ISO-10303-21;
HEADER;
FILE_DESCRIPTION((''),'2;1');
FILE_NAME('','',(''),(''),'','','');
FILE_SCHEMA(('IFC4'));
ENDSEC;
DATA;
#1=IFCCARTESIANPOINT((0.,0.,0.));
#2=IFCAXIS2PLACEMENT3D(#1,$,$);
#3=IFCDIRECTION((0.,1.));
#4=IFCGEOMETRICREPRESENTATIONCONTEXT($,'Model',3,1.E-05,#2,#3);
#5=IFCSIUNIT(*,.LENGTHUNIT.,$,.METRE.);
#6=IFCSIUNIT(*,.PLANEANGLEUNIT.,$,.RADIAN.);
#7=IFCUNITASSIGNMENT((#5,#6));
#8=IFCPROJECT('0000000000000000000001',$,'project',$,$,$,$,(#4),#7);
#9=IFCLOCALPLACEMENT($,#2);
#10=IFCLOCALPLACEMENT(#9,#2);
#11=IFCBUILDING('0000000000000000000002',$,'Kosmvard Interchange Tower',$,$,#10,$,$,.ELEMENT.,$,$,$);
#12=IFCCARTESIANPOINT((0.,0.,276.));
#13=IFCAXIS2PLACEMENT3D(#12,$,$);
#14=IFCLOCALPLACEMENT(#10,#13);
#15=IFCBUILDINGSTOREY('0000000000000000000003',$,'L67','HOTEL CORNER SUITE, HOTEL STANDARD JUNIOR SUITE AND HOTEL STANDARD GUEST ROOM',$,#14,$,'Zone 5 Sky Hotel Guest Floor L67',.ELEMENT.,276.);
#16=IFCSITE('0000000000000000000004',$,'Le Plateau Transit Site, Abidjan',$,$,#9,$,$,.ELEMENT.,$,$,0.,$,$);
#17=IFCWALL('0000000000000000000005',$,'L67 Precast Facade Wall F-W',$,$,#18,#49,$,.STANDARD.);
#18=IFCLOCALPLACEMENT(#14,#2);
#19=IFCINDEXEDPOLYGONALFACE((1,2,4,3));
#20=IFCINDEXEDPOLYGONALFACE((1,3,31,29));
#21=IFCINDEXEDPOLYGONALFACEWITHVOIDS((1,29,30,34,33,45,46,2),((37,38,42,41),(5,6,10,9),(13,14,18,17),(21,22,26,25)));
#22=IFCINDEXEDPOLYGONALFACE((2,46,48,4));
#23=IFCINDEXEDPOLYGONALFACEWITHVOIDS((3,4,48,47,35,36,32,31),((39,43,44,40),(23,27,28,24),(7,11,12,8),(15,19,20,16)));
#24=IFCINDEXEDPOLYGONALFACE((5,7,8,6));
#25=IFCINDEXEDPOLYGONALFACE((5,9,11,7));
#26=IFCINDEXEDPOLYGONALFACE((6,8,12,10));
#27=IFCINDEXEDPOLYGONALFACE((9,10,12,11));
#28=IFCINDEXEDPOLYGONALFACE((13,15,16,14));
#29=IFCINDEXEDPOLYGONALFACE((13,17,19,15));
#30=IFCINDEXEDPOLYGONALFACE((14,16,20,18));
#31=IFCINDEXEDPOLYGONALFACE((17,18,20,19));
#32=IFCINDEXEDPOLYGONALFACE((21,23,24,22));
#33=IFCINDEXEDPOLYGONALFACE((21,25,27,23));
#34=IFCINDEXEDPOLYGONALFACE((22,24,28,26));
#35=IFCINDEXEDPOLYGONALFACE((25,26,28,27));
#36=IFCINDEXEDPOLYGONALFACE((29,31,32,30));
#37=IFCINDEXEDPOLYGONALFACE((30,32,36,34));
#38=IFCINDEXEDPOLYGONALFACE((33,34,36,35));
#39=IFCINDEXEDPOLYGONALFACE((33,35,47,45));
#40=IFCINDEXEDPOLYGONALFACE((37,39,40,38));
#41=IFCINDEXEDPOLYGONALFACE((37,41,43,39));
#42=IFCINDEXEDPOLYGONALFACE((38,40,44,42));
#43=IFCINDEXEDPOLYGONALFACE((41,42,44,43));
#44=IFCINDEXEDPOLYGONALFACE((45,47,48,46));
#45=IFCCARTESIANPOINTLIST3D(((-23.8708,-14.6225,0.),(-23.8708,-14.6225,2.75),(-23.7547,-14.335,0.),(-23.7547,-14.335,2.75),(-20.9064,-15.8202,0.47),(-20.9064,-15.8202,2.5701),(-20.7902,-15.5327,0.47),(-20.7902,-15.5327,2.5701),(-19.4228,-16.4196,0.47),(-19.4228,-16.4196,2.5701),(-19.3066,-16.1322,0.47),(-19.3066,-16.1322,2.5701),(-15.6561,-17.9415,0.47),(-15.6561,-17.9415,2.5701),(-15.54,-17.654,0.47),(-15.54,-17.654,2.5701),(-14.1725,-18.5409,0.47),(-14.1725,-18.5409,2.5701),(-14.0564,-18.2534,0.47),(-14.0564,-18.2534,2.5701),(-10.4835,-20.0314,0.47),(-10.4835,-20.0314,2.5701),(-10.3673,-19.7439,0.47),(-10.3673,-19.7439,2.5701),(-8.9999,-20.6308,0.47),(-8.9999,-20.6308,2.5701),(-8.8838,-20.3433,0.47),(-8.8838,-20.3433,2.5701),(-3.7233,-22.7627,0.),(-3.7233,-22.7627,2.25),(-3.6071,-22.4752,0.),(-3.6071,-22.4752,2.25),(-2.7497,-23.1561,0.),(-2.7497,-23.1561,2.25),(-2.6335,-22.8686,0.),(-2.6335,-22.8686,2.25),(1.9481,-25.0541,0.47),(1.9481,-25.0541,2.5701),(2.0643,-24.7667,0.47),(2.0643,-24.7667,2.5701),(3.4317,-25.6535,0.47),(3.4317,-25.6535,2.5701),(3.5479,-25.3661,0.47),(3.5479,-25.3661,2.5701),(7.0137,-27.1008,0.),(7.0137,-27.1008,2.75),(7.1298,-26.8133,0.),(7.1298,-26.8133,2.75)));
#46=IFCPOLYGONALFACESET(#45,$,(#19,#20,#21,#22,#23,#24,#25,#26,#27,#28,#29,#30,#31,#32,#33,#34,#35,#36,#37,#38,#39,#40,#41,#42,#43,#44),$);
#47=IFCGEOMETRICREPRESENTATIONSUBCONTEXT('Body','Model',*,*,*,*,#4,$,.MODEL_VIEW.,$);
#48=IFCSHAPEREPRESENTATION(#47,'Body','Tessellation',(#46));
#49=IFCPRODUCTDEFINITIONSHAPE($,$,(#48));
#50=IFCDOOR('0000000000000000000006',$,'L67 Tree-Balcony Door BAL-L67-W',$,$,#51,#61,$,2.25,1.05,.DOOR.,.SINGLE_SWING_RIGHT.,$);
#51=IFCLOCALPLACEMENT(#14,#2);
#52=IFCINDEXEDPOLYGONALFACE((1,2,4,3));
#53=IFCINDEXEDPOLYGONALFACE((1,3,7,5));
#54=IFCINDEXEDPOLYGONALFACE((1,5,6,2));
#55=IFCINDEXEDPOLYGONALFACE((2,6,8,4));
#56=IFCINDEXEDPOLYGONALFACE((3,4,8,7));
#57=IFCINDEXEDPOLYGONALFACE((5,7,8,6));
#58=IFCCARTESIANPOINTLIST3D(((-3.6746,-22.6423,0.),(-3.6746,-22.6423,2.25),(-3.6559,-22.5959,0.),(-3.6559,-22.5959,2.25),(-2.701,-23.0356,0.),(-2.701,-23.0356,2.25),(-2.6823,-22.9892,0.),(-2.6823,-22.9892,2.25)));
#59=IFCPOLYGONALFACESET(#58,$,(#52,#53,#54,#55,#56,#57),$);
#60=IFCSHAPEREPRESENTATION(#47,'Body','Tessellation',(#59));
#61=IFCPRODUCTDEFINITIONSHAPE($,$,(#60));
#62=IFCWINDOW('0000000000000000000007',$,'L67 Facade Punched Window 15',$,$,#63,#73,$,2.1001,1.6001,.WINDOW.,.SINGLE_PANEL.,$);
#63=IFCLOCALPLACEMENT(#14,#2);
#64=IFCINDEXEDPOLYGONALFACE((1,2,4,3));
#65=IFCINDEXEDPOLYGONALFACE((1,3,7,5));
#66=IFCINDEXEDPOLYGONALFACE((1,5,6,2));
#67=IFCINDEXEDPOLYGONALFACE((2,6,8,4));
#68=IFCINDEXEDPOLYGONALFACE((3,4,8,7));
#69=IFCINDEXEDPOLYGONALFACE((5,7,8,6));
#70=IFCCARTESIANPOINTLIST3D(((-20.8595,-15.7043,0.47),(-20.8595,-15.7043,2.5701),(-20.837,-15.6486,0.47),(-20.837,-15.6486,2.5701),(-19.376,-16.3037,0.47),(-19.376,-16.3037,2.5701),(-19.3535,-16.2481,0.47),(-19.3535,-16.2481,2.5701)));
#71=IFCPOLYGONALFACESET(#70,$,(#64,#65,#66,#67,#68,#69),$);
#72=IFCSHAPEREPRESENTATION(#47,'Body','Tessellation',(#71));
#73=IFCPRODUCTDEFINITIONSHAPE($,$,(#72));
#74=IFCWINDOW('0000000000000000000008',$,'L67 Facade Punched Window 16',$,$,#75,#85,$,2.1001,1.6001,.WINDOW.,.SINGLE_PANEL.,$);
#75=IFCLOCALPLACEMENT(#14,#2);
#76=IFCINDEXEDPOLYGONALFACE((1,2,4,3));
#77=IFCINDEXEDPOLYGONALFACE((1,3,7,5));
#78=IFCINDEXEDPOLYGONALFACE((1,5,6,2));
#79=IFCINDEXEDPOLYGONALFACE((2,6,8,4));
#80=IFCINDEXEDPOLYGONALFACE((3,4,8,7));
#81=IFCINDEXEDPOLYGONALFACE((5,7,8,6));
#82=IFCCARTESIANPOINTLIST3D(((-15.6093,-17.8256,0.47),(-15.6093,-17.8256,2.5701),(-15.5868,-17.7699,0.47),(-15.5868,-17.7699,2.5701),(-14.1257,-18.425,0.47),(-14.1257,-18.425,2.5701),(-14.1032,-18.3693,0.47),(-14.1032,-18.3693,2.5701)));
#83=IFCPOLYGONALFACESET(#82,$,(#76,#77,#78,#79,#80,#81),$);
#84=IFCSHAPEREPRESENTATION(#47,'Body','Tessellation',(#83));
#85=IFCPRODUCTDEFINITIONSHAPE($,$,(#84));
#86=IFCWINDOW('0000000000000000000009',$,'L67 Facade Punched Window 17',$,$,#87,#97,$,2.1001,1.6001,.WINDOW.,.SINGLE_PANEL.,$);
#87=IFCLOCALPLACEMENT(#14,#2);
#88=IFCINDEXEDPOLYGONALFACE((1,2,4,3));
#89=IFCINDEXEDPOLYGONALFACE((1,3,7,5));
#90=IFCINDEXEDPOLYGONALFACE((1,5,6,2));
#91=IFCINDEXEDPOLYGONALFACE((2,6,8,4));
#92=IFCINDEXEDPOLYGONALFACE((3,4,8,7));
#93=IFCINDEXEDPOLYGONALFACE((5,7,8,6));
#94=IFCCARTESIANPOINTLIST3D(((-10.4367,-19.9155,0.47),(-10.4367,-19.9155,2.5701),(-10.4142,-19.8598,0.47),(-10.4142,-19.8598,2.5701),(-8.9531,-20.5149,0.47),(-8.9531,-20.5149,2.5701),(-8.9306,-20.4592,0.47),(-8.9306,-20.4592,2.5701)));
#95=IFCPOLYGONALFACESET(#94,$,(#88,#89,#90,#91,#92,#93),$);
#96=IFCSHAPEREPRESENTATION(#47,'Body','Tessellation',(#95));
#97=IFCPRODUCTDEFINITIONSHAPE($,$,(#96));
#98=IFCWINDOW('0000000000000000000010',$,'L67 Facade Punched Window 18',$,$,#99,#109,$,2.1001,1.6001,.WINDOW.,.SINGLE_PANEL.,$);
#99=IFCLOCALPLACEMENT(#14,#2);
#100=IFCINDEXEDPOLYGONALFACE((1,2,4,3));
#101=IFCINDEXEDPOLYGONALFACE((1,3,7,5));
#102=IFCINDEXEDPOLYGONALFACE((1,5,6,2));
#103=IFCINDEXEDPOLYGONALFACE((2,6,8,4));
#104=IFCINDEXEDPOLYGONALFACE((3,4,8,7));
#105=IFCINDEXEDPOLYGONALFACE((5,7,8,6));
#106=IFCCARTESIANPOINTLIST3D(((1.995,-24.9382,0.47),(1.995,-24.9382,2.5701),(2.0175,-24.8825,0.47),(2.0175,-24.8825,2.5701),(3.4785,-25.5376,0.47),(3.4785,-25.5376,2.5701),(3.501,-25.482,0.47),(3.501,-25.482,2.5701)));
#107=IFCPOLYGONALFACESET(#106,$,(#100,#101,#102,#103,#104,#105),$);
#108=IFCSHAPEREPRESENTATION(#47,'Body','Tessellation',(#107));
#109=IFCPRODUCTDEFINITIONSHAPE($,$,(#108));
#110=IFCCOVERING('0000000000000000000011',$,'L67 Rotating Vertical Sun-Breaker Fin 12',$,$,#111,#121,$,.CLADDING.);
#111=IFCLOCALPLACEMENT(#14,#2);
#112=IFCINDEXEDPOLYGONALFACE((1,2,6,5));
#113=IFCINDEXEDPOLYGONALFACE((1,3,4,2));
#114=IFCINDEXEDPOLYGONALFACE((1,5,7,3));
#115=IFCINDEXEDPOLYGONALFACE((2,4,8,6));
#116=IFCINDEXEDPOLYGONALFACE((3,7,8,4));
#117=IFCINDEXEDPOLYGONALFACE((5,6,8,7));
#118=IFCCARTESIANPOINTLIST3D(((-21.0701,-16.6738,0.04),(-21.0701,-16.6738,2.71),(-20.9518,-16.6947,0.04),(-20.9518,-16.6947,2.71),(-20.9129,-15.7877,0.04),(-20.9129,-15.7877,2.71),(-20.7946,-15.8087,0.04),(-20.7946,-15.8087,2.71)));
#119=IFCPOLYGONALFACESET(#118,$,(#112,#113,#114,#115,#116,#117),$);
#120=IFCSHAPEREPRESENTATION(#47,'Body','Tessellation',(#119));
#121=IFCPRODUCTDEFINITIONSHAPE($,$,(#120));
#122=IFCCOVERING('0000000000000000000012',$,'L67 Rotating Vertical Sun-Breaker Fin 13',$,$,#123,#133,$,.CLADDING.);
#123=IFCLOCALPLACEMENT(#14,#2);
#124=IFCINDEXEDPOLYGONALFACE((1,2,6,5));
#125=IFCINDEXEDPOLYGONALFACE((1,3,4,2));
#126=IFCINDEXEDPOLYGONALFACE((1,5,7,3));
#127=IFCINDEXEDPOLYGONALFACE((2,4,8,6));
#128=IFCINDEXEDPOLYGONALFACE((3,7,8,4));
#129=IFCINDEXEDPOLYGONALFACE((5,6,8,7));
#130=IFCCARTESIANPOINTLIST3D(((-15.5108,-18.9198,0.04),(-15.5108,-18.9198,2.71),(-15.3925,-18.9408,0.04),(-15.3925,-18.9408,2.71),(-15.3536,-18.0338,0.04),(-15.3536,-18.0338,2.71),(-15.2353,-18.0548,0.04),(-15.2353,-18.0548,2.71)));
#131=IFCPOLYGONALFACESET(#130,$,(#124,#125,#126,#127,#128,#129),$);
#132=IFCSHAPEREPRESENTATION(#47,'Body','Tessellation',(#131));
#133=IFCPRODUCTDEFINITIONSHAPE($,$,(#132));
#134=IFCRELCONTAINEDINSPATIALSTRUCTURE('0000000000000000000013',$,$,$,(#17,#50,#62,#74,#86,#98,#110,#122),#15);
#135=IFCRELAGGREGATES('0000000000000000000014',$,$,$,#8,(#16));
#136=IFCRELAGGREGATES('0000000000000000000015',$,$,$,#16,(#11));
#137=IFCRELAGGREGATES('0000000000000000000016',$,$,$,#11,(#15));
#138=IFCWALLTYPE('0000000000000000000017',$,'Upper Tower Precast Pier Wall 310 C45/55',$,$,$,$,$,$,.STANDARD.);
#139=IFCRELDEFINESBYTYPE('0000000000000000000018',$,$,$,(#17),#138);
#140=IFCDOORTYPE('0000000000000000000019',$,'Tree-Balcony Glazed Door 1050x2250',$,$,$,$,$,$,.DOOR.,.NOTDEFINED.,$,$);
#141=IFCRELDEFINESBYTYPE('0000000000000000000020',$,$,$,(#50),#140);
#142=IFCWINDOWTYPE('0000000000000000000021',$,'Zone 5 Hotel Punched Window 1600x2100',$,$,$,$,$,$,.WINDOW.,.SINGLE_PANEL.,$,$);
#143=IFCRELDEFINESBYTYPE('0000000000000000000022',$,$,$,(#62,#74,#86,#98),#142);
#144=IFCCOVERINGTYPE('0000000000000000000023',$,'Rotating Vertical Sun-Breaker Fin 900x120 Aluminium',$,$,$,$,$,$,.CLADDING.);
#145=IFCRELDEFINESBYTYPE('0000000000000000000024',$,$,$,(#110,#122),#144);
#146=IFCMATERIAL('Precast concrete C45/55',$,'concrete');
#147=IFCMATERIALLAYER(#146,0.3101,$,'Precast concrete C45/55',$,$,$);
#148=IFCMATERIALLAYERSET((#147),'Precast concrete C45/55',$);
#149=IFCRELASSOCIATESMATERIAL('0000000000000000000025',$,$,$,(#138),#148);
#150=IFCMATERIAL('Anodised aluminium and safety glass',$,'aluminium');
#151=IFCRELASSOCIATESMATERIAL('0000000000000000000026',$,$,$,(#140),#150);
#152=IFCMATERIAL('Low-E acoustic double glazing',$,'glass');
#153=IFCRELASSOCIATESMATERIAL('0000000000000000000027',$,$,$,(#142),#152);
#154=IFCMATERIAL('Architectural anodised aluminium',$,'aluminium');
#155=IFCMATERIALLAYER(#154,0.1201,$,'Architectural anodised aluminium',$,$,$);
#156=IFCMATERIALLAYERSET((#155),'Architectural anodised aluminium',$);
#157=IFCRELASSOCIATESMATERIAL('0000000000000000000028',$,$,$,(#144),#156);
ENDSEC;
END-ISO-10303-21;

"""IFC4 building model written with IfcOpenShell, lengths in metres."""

from ifc_helpers import new_model, si_unit, direction, frame, frame_2d, origin, origin_2d, place, context, subcontext, project, spatial, rectangle, extrude, source, transform, mapped, material, layer, layer_set, type_object, element, fill, save


model = new_model("IFC4")

# Units and contexts
model_context = context("Model", 3, precision=1e-05, world=origin(), true_north=direction((0.0, 1.0)))
body_context = subcontext(model_context, "Body", "Model", "MODEL_VIEW")
ifc_project = project(units=[si_unit("LENGTHUNIT", "METRE"), si_unit("PLANEANGLEUNIT", "RADIAN")], contexts=[model_context])

# Site, building, storey
site_placement = place(None, origin())
site = spatial("IfcSite", under=ifc_project, at=site_placement, Name="Le Plateau Transit Site, Abidjan", CompositionType="ELEMENT", RefElevation=0.0)
building_placement = place(site_placement, origin())
building = spatial("IfcBuilding", under=site, at=building_placement, Name="Kosmvard Interchange Tower", CompositionType="ELEMENT")
storey_placement = place(building_placement, frame((0.0, 0.0, 276.0)))
storey = spatial("IfcBuildingStorey", under=building, at=storey_placement, Name="L67", Description="HOTEL CORNER SUITE, HOTEL STANDARD JUNIOR SUITE AND HOTEL STANDARD GUEST ROOM", LongName="Zone 5 Sky Hotel Guest Floor L67", CompositionType="ELEMENT", Elevation=276.0)

# Wall, openings, door, windows
ifc_material_1 = material(Name="Precast concrete C45/55", Category="concrete")
ifc_layer_1 = layer(ifc_material_1, 0.3101, Name="Precast concrete C45/55")
ifc_layer_set_1 = layer_set([ifc_layer_1], Name="Precast concrete C45/55")
wall_type = type_object("IfcWallType", Name="Upper Tower Precast Pier Wall 310 C45/55", PredefinedType="STANDARD", material=ifc_layer_set_1)
wall_placement = place(storey_placement, frame((-23.8127, -14.4788, 0.0), z_axis=(0.0, 0.0, 1.0), x_axis=(0.927183, -0.37461, 0.0)))
wall = element("IfcWall", 1, at=wall_placement, inside=storey, type_object=wall_type, Name="L67 Precast Facade Wall F-W", PredefinedType="STANDARD", context=body_context, shape_type="SweptSolid", body=[
    extrude(rectangle(XDim=33.3101, YDim=0.3101, at=frame_2d((16.655, 0.0))), origin(), (0.0, 0.0, 1.0), 2.75),
])
opening_1_placement = place(wall_placement, frame((21.73, 0.0, 0.0)))
opening_1 = element("IfcOpeningElement", 2, at=opening_1_placement, cuts=wall, PredefinedType="OPENING", context=body_context, shape_type="SweptSolid", body=[
    extrude(rectangle(XDim=1.05, YDim=2.25, at=frame_2d((0.5249, 1.125))), frame((0.0, 0.165, 0.0), z_axis=(0.0, -1.0, 0.0), x_axis=(1.0, 0.0, 0.0)), (0.0, 0.0, 1.0), 0.3301),
])
opening_2_placement = place(wall_placement, frame((3.1973, 0.0, 0.47)))
opening_2 = element("IfcOpeningElement", 3, at=opening_2_placement, cuts=wall, PredefinedType="OPENING", context=body_context, shape_type="SweptSolid", body=[
    extrude(rectangle(XDim=1.6001, YDim=2.1001, at=frame_2d((0.8, 1.05))), frame((0.0, 0.165, 0.0), z_axis=(0.0, -1.0, 0.0), x_axis=(1.0, 0.0, 0.0)), (0.0, 0.0, 1.0), 0.3301),
])
opening_3_placement = place(wall_placement, frame((8.8599, 0.0, 0.47)))
opening_3 = element("IfcOpeningElement", 4, at=opening_3_placement, cuts=wall, PredefinedType="OPENING", context=body_context, shape_type="SweptSolid", body=[
    extrude(rectangle(XDim=1.6001, YDim=2.1001, at=frame_2d((0.8, 1.05))), frame((0.0, 0.165, 0.0), z_axis=(0.0, -1.0, 0.0), x_axis=(1.0, 0.0, 0.0)), (0.0, 0.0, 1.0), 0.3301),
])
opening_4_placement = place(wall_placement, frame((14.4387, 0.0, 0.47)))
opening_4 = element("IfcOpeningElement", 5, at=opening_4_placement, cuts=wall, PredefinedType="OPENING", context=body_context, shape_type="SweptSolid", body=[
    extrude(rectangle(XDim=1.6001, YDim=2.1001, at=frame_2d((0.8, 1.05))), frame((0.0, 0.165, 0.0), z_axis=(0.0, -1.0, 0.0), x_axis=(1.0, 0.0, 0.0)), (0.0, 0.0, 1.0), 0.3301),
])
opening_5_placement = place(wall_placement, frame((27.8467, 0.0, 0.47)))
opening_5 = element("IfcOpeningElement", 6, at=opening_5_placement, cuts=wall, PredefinedType="OPENING", context=body_context, shape_type="SweptSolid", body=[
    extrude(rectangle(XDim=1.6001, YDim=2.1001, at=frame_2d((0.8, 1.05))), frame((0.0, 0.165, 0.0), z_axis=(0.0, -1.0, 0.0), x_axis=(1.0, 0.0, 0.0)), (0.0, 0.0, 1.0), 0.3301),
])
ifc_material_2 = material(Name="Anodised aluminium and safety glass", Category="aluminium")
door_type = type_object("IfcDoorType", Name="Tree-Balcony Glazed Door 1050x2250", OperationType="NOTDEFINED", PredefinedType="DOOR", material=ifc_material_2)
shared_shape_1 = source(origin(), body_context, "Body", "SweptSolid", [
    extrude(rectangle(XDim=1.05, YDim=2.25, at=frame_2d((0.5249, 1.125))), frame((0.0, 0.0249, 0.0), z_axis=(0.0, -1.0, 0.0), x_axis=(1.0, 0.0, 0.0)), (0.0, 0.0, 1.0), 0.05),
])
door_placement = place(opening_1_placement, origin())
door = element("IfcDoor", 7, at=door_placement, inside=storey, type_object=door_type, Name="L67 Tree-Balcony Door BAL-L67-W", OperationType="SINGLE_SWING_RIGHT", OverallHeight=2.25, OverallWidth=1.05, PredefinedType="DOOR", context=body_context, shape_type="MappedRepresentation", body=[
    mapped(shared_shape_1, transform((0.0, 0.0, 0.0), scale=1.0)),
])
fill(opening_1, door)
ifc_material_3 = material(Name="Low-E acoustic double glazing", Category="glass")
window_type = type_object("IfcWindowType", Name="Zone 5 Hotel Punched Window 1600x2100", PartitioningType="SINGLE_PANEL", PredefinedType="WINDOW", material=ifc_material_3)
shared_shape_2 = source(origin(), body_context, "Body", "SweptSolid", [
    extrude(rectangle(XDim=1.6001, YDim=2.1001, at=frame_2d((0.8, 1.05))), frame((0.0, 0.03, 0.0), z_axis=(0.0, -1.0, 0.0), x_axis=(1.0, 0.0, 0.0)), (0.0, 0.0, 1.0), 0.0601),
])
window_1_placement = place(opening_2_placement, origin())
window_1 = element("IfcWindow", 8, at=window_1_placement, inside=storey, type_object=window_type, Name="L67 Facade Punched Window 15", OverallHeight=2.1001, OverallWidth=1.6001, PartitioningType="SINGLE_PANEL", PredefinedType="WINDOW", context=body_context, shape_type="MappedRepresentation", body=[
    mapped(shared_shape_2, transform((0.0, 0.0, 0.0), scale=1.0)),
])
fill(opening_2, window_1)
window_2_placement = place(opening_3_placement, origin())
window_2 = element("IfcWindow", 9, at=window_2_placement, inside=storey, type_object=window_type, Name="L67 Facade Punched Window 16", OverallHeight=2.1001, OverallWidth=1.6001, PartitioningType="SINGLE_PANEL", PredefinedType="WINDOW", context=body_context, shape_type="MappedRepresentation", body=[
    mapped(shared_shape_2, transform((0.0, 0.0, 0.0), scale=1.0)),
])
fill(opening_3, window_2)
window_3_placement = place(opening_4_placement, origin())
window_3 = element("IfcWindow", 10, at=window_3_placement, inside=storey, type_object=window_type, Name="L67 Facade Punched Window 17", OverallHeight=2.1001, OverallWidth=1.6001, PartitioningType="SINGLE_PANEL", PredefinedType="WINDOW", context=body_context, shape_type="MappedRepresentation", body=[
    mapped(shared_shape_2, transform((0.0, 0.0, 0.0), scale=1.0)),
])
fill(opening_4, window_3)
window_4_placement = place(opening_5_placement, origin())
window_4 = element("IfcWindow", 11, at=window_4_placement, inside=storey, type_object=window_type, Name="L67 Facade Punched Window 18", OverallHeight=2.1001, OverallWidth=1.6001, PartitioningType="SINGLE_PANEL", PredefinedType="WINDOW", context=body_context, shape_type="MappedRepresentation", body=[
    mapped(shared_shape_2, transform((0.0, 0.0, 0.0), scale=1.0)),
])
fill(opening_5, window_4)

# Coverings
ifc_material_4 = material(Name="Architectural anodised aluminium", Category="aluminium")
ifc_layer_2 = layer(ifc_material_4, 0.1201, Name="Architectural anodised aluminium")
ifc_layer_set_2 = layer_set([ifc_layer_2], Name="Architectural anodised aluminium")
covering_type = type_object("IfcCoveringType", Name="Rotating Vertical Sun-Breaker Fin 900x120 Aluminium", PredefinedType="CLADDING", material=ifc_layer_set_2)
shared_shape_3 = source(origin(), body_context, "Body", "SweptSolid", [
    extrude(rectangle(XDim=0.8999, YDim=0.1201, at=origin_2d()), origin(), (0.0, 0.0, 1.0), 2.6699),
])
for number, where, z_axis, x_axis, name in (
    (12, (-20.9324, -16.2412, 0.04), (0.0, 0.0, 1.0), (-0.174679, -0.984625, 0.0), "L67 Rotating Vertical Sun-Breaker Fin 12"),
    (13, (-15.373, -18.4873, 0.04), (0.0, 0.0, 1.0), (-0.174679, -0.984625, 0.0), "L67 Rotating Vertical Sun-Breaker Fin 13"),
):
    element("IfcCovering", number, at=place(storey_placement, frame(where, z_axis=z_axis, x_axis=x_axis)), inside=storey, type_object=covering_type, Name=name, PredefinedType="CLADDING", context=body_context, shape_type="MappedRepresentation", body=[
        mapped(shared_shape_3, transform((0.0, 0.0, 0.0), scale=1.0)),
    ])

save(model, "model.ifc")
